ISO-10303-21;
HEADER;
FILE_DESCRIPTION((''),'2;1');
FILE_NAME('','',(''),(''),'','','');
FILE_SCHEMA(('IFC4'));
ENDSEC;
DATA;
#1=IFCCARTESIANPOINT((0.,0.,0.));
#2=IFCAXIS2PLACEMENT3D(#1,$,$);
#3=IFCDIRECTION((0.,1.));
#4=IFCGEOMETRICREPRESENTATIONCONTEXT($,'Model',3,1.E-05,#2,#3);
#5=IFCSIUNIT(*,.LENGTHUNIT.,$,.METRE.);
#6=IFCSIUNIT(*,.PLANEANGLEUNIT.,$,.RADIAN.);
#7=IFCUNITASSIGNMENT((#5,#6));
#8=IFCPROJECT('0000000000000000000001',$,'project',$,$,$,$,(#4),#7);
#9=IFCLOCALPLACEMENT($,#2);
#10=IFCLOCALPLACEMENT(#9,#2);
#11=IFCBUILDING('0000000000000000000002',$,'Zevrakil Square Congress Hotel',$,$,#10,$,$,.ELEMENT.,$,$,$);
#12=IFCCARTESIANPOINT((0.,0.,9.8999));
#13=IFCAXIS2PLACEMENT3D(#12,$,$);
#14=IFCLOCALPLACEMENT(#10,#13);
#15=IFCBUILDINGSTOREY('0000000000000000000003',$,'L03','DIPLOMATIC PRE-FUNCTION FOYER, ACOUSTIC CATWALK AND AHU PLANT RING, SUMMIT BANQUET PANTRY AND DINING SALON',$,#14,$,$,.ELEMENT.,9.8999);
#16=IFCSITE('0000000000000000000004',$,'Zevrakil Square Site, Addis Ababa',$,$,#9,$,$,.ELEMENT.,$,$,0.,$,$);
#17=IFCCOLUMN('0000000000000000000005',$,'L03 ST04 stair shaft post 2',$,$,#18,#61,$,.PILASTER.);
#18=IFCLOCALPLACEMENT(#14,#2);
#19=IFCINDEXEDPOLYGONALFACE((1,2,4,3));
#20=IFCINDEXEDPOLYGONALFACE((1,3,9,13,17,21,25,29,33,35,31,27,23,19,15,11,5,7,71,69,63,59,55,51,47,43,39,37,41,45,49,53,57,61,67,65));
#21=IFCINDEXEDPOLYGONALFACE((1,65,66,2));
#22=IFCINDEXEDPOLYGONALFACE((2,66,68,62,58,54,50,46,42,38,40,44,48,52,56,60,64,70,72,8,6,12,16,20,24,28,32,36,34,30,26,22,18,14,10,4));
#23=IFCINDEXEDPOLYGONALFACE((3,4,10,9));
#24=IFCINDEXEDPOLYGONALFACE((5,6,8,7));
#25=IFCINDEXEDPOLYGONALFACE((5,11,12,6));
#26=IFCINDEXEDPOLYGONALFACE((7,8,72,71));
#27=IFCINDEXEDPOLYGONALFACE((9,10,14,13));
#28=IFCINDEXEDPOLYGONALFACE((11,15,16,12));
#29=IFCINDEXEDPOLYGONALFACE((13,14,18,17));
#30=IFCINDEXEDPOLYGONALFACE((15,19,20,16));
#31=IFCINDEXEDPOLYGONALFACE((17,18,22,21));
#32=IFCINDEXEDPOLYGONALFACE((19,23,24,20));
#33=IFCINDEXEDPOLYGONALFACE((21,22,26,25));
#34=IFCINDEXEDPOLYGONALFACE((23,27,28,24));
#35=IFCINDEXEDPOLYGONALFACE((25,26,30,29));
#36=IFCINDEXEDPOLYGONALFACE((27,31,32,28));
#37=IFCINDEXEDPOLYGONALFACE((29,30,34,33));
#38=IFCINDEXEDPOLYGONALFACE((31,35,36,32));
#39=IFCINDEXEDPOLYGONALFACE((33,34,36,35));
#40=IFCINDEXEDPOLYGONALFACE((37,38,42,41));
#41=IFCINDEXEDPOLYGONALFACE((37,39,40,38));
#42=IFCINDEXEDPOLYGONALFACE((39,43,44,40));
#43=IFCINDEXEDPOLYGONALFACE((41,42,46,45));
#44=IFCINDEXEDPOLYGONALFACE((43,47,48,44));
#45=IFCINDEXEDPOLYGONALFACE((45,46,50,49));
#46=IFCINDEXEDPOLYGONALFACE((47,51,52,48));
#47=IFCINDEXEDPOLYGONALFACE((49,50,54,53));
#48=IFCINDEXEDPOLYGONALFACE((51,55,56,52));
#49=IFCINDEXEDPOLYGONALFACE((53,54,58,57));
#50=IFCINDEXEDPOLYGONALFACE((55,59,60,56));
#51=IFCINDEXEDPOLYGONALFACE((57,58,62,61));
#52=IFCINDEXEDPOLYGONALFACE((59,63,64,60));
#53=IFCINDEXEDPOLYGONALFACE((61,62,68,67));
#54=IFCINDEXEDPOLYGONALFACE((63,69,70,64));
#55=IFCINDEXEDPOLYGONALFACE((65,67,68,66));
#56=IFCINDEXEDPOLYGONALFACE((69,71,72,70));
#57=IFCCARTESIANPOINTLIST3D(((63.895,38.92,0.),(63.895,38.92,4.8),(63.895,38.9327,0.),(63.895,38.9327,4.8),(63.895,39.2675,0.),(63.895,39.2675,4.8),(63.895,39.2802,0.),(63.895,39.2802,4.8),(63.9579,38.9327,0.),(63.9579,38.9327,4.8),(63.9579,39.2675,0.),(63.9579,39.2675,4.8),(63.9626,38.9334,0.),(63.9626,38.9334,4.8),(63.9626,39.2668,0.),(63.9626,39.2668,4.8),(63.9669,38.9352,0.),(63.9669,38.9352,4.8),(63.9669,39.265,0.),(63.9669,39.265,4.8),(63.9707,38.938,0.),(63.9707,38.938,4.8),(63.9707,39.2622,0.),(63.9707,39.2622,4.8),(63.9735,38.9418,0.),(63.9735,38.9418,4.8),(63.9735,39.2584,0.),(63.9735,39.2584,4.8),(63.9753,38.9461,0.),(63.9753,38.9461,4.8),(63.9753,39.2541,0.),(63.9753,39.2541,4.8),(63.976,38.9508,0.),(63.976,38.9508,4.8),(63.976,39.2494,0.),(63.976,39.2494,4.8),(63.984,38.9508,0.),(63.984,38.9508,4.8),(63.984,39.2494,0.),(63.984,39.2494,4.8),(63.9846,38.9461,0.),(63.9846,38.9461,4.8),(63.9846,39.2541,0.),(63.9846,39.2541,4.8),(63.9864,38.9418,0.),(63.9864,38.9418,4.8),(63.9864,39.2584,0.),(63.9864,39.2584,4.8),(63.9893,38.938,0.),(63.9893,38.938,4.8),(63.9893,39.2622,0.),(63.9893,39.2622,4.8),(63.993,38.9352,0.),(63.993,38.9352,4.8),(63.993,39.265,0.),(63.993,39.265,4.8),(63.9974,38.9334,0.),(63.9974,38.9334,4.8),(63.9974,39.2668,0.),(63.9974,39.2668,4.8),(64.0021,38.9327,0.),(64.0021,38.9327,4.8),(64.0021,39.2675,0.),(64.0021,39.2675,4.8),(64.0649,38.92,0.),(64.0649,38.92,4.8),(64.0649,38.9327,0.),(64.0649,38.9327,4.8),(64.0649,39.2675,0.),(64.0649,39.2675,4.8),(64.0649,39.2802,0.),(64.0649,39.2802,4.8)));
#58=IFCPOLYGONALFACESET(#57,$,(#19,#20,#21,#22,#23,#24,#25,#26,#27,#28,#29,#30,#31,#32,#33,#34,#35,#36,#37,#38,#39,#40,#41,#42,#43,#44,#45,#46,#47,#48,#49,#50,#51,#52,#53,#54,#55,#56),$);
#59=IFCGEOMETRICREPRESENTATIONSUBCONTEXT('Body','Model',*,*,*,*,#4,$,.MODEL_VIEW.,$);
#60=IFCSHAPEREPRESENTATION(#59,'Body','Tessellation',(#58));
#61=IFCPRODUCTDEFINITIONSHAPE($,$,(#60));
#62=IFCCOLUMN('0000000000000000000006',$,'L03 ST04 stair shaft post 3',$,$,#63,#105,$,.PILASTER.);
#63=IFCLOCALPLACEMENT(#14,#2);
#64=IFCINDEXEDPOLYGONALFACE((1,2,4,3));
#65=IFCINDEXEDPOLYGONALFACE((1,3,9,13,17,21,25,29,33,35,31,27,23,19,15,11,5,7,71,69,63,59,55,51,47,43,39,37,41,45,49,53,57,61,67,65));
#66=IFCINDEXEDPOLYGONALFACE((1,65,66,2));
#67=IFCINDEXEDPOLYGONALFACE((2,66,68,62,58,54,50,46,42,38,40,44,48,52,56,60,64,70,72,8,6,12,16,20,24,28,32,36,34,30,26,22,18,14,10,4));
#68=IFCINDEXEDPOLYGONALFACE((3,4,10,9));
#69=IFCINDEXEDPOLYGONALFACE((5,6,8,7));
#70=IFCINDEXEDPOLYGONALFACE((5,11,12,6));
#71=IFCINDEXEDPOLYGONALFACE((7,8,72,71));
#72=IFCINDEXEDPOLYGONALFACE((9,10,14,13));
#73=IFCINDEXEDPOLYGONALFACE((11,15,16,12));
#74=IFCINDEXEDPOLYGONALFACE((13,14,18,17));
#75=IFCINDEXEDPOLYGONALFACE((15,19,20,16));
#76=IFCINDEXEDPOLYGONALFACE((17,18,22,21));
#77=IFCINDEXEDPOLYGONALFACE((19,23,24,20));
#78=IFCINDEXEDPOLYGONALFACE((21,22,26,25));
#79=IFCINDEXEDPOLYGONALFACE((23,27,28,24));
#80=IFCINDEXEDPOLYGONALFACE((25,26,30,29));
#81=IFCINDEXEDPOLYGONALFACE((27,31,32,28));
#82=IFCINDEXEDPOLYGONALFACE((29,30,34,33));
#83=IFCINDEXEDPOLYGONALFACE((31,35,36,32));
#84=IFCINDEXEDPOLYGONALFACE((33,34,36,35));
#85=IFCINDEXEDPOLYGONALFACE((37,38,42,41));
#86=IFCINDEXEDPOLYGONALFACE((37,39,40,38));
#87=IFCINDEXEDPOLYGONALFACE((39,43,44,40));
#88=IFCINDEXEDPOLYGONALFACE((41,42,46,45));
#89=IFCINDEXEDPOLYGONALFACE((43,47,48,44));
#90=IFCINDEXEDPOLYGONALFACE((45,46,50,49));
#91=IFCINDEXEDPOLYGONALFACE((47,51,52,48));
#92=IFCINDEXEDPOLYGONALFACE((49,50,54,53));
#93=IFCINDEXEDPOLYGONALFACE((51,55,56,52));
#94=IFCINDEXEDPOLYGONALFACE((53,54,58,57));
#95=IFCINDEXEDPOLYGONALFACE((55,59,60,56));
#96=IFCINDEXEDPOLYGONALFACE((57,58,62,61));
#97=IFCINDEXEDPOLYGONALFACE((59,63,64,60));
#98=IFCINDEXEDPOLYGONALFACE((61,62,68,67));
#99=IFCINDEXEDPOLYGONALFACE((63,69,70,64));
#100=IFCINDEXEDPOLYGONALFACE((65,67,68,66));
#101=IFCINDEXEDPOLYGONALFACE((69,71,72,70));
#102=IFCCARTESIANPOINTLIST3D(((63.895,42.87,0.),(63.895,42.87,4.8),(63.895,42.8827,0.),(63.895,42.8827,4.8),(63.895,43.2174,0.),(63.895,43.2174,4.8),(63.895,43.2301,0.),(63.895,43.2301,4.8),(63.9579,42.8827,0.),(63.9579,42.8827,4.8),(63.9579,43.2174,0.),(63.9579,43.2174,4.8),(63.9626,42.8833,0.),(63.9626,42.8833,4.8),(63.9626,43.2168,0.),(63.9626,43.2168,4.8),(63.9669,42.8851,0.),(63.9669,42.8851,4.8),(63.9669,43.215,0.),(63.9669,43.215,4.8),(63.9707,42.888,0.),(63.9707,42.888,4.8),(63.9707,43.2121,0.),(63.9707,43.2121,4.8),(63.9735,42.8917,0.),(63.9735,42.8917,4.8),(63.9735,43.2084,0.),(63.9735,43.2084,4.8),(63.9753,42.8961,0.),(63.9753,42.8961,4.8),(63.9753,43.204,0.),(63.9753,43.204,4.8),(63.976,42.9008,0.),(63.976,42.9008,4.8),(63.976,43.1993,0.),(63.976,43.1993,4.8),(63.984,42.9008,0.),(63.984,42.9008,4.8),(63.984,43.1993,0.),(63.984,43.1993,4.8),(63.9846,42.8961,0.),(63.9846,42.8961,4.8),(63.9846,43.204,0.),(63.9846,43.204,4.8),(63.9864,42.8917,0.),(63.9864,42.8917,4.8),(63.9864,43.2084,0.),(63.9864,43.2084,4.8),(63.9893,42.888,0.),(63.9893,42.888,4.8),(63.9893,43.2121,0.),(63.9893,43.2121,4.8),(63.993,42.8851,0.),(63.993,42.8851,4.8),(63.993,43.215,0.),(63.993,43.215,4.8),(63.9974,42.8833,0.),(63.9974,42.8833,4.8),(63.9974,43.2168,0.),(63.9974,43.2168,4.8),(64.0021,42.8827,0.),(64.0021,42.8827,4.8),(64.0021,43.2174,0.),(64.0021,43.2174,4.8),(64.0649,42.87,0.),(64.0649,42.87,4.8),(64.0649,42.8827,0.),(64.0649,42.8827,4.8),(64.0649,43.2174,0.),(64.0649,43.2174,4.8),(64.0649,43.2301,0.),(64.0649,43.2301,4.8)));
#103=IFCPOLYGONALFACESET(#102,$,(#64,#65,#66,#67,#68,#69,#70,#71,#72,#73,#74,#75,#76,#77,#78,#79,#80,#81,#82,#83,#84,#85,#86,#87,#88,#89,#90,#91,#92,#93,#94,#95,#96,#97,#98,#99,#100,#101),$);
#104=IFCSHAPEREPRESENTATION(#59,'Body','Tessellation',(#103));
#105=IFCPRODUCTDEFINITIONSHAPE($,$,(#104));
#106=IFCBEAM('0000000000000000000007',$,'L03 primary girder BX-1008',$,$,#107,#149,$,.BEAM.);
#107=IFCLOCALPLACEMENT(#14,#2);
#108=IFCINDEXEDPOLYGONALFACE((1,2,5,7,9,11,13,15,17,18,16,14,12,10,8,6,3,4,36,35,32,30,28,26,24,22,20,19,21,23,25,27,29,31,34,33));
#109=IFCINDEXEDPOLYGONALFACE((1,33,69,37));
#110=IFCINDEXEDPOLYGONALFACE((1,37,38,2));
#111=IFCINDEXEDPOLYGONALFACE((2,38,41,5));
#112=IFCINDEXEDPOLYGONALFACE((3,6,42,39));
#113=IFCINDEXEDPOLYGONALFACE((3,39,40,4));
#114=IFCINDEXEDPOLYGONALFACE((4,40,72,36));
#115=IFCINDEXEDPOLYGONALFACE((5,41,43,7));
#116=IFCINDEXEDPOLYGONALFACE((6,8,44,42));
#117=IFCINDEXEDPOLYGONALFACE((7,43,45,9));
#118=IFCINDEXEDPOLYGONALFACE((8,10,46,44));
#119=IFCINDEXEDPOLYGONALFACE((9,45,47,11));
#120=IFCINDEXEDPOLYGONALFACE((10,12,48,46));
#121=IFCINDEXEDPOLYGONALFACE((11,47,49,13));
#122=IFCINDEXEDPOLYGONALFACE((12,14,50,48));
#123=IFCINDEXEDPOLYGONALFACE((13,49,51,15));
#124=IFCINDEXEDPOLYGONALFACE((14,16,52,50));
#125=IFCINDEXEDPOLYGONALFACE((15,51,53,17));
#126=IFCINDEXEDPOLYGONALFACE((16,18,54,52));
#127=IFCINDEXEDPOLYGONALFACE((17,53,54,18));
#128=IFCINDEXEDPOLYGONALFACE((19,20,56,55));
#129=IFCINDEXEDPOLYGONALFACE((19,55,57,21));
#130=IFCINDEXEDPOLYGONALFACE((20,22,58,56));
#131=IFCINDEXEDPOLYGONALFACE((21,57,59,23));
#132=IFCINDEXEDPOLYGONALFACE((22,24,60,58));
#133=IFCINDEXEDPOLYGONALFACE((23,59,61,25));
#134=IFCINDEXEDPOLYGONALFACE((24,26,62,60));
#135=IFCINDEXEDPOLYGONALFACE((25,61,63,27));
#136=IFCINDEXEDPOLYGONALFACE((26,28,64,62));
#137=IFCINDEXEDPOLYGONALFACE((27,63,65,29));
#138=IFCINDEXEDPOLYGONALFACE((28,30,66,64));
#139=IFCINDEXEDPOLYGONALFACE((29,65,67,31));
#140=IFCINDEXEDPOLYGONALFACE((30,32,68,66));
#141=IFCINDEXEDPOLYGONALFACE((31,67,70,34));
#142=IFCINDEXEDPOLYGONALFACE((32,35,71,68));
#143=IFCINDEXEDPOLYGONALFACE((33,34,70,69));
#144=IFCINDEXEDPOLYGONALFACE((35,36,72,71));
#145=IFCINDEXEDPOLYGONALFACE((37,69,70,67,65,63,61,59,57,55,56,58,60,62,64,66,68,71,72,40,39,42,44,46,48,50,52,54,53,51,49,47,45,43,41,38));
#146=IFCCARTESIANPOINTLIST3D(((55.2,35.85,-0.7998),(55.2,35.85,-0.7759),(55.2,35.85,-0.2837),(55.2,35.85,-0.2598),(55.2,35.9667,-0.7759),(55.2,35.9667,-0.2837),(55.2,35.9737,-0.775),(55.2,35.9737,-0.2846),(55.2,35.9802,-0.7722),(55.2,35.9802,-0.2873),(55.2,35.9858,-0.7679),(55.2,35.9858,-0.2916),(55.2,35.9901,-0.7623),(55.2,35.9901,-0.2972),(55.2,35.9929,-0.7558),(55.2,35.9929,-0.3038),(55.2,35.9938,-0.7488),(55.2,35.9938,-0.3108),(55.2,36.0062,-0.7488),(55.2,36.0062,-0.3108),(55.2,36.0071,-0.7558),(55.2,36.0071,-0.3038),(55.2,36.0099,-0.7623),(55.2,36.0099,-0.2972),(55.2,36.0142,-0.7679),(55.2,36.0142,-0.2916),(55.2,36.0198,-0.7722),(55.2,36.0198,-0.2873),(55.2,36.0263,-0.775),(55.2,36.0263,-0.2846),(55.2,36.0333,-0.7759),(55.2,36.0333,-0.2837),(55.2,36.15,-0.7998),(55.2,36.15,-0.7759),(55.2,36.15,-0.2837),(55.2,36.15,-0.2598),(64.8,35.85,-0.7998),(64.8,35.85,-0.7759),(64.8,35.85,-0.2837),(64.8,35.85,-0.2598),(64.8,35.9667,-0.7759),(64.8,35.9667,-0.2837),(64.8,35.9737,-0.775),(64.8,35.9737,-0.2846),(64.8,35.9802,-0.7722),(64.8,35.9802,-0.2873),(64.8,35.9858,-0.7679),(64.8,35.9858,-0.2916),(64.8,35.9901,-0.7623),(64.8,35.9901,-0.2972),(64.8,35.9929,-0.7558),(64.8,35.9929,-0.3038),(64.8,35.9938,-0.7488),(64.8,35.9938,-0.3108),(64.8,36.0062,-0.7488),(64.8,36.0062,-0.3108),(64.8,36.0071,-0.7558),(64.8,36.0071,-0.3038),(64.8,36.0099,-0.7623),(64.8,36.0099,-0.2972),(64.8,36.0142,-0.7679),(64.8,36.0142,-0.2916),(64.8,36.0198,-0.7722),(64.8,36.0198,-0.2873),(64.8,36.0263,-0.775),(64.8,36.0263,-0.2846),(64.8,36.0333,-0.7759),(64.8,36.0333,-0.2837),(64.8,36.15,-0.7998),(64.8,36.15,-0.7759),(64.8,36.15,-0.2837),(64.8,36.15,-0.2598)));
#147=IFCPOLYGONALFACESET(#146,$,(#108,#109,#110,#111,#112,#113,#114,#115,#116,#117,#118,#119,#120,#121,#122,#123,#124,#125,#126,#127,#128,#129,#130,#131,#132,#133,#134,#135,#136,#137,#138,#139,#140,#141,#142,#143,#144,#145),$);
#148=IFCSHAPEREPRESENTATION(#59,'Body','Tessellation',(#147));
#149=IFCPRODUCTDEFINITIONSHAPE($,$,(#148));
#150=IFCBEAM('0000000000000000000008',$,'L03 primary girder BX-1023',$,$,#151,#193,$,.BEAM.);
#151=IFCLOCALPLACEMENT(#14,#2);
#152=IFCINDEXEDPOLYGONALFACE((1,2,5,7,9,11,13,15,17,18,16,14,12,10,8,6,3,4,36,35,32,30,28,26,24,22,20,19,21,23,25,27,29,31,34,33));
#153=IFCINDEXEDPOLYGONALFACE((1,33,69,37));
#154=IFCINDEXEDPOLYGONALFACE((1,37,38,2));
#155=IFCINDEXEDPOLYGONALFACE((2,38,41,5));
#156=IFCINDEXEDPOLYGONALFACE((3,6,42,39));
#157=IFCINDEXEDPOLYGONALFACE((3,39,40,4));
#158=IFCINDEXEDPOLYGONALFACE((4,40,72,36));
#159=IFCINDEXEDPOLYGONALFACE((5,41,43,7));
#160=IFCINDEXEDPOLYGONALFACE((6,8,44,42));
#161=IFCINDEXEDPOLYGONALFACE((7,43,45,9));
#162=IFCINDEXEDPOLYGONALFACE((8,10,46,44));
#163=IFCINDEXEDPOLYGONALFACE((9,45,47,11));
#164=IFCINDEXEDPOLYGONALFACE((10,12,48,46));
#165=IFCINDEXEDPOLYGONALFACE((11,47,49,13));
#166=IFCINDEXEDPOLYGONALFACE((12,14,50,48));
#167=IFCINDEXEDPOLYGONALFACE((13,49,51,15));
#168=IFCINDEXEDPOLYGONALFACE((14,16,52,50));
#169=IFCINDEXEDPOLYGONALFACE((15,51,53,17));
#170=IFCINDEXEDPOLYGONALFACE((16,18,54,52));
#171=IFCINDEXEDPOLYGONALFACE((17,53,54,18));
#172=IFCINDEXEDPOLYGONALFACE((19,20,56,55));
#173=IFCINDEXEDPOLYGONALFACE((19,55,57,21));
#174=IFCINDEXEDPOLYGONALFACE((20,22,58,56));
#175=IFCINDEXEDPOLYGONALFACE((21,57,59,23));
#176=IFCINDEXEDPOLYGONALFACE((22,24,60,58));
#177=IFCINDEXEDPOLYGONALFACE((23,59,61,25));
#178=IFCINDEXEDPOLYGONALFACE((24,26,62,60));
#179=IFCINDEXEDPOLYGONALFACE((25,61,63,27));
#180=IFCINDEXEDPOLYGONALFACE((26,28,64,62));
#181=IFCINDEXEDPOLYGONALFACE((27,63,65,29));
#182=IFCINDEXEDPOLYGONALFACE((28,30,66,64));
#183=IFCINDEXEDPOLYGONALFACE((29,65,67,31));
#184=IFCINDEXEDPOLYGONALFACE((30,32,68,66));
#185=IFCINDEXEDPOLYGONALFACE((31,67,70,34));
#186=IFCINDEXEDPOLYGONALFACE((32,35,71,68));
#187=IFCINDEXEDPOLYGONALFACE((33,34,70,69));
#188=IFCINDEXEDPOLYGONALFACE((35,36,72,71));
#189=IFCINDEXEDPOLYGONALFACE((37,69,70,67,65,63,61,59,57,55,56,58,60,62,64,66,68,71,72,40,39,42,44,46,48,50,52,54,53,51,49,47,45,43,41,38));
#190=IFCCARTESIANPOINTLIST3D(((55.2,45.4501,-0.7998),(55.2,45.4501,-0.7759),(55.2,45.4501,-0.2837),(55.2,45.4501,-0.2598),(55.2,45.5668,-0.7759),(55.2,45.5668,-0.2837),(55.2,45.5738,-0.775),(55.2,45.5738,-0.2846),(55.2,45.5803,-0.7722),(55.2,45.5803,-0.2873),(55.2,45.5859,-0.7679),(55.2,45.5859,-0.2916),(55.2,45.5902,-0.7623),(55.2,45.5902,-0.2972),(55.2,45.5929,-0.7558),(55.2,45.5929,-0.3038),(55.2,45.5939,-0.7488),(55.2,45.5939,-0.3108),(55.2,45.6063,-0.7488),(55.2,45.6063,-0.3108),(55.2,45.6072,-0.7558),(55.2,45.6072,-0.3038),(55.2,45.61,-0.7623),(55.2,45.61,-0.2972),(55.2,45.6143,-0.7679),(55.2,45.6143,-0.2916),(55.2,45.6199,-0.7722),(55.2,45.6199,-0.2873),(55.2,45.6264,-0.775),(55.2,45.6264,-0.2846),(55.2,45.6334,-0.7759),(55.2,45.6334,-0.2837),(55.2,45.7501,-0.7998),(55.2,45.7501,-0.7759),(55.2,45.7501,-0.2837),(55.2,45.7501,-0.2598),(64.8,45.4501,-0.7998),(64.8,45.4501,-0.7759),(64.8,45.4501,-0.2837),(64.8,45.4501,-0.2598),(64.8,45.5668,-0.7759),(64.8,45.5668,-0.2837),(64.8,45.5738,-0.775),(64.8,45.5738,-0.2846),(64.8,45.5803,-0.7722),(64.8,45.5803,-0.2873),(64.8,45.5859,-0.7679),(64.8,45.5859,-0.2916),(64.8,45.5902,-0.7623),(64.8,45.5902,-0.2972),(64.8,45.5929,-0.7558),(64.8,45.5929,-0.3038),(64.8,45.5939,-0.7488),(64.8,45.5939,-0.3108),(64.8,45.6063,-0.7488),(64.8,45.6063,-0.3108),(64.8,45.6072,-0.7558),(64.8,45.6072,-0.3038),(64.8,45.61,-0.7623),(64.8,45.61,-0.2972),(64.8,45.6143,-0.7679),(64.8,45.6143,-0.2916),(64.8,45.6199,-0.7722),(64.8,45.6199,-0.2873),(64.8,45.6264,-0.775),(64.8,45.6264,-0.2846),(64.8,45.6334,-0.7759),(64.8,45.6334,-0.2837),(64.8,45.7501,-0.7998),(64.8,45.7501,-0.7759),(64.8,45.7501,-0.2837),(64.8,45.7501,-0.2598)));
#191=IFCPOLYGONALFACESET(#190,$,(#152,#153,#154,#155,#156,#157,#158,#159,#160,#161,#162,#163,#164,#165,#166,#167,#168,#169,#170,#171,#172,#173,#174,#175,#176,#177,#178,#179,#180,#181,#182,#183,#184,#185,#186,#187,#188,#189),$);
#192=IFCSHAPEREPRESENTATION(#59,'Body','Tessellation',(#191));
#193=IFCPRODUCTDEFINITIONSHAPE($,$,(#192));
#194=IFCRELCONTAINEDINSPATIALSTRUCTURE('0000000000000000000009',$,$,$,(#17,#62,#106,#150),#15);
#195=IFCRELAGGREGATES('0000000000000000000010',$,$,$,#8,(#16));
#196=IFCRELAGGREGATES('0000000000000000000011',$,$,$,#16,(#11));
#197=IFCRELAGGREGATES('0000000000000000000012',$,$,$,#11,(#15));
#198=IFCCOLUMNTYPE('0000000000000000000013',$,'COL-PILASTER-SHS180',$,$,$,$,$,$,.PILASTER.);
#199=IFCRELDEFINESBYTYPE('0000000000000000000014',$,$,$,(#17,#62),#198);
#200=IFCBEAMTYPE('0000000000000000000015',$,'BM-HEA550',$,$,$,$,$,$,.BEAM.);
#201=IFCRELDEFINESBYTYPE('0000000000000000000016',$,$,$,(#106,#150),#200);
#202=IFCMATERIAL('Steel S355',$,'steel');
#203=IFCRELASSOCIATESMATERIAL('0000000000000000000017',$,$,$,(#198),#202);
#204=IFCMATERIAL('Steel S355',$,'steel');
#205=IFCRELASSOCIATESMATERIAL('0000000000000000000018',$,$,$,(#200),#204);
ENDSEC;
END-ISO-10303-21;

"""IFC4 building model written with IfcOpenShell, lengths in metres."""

from ifc_helpers import new_model, si_unit, direction, frame, origin, origin_2d, place, context, subcontext, project, spatial, i_section, extrude, material, material_profile, profile_set, type_object, element, save


model = new_model("IFC4")

# Units and contexts
model_context = context("Model", 3, precision=1e-05, world=origin(), true_north=direction((0.0, 1.0)))
body_context = subcontext(model_context, "Body", "Model", "MODEL_VIEW")
ifc_project = project(units=[si_unit("LENGTHUNIT", "METRE"), si_unit("PLANEANGLEUNIT", "RADIAN")], contexts=[model_context])

# Site, building, storey
site_placement = place(None, origin())
site = spatial("IfcSite", under=ifc_project, at=site_placement, Name="Zevrakil Square Site, Addis Ababa", CompositionType="ELEMENT", RefElevation=0.0)
building_placement = place(site_placement, origin())
building = spatial("IfcBuilding", under=site, at=building_placement, Name="Zevrakil Square Congress Hotel", CompositionType="ELEMENT")
storey_placement = place(building_placement, frame((0.0, 0.0, 9.8999)))
storey = spatial("IfcBuildingStorey", under=building, at=storey_placement, Name="L03", Description="DIPLOMATIC PRE-FUNCTION FOYER, ACOUSTIC CATWALK AND AHU PLANT RING, SUMMIT BANQUET PANTRY AND DINING SALON", CompositionType="ELEMENT", Elevation=9.8999)

# Columns
ifc_material_1 = material(Name="Steel S355", Category="steel")
ifc_material_profile_1 = material_profile(ifc_material_1, i_section(OverallWidth=0.1699, OverallDepth=0.3601, WebThickness=0.0081, FlangeThickness=0.0127, FilletRadius=0.0181, at=origin_2d()), Name="IPE 360")
ifc_profile_set_1 = profile_set([ifc_material_profile_1], Name="Steel S355")
column_type_1 = type_object("IfcColumnType", Name="COL-PILASTER-SHS180", PredefinedType="PILASTER", material=ifc_profile_set_1)
for number, where, z_axis, x_axis, name in (
    (1, (63.98, 39.1001, 0.0), (0.0, 0.0, 1.0), (1.0, 0.0, 0.0), "L03 ST04 stair shaft post 2"),
    (2, (63.98, 43.05, 0.0), (0.0, 0.0, 1.0), (1.0, 0.0, 0.0), "L03 ST04 stair shaft post 3"),
):
    element("IfcColumn", number, at=place(storey_placement, frame(where, z_axis=z_axis, x_axis=x_axis)), inside=storey, type_object=column_type_1, Name=name, PredefinedType="PILASTER", context=body_context, shape_type="SweptSolid", body=[
        extrude(i_section(OverallWidth=0.1699, OverallDepth=0.3601, WebThickness=0.0081, FlangeThickness=0.0127, FilletRadius=0.0181, at=origin_2d()), origin(), (0.0, 0.0, 1.0), 4.8),
    ])

# Beams
ifc_material_2 = material(Name="Steel S355", Category="steel")
ifc_material_profile_2 = material_profile(ifc_material_2, i_section(OverallWidth=0.3, OverallDepth=0.54, WebThickness=0.0125, FlangeThickness=0.0239, FilletRadius=0.0271, at=origin_2d()), Name="HEA 550")
ifc_profile_set_2 = profile_set([ifc_material_profile_2], Name="Steel S355")
beam_type_1 = type_object("IfcBeamType", Name="BM-HEA550", PredefinedType="BEAM", material=ifc_profile_set_2)
for number, where, z_axis, x_axis, name in (
    (3, (55.2, 36.0, -0.5298), (1.0, 0.0, 0.0), (0.0, 1.0, 0.0), "L03 primary girder BX-1008"),
    (4, (55.2, 45.6001, -0.5298), (1.0, 0.0, 0.0), (0.0, 1.0, 0.0), "L03 primary girder BX-1023"),
):
    element("IfcBeam", number, at=place(storey_placement, frame(where, z_axis=z_axis, x_axis=x_axis)), inside=storey, type_object=beam_type_1, Name=name, PredefinedType="BEAM", context=body_context, shape_type="SweptSolid", body=[
        extrude(i_section(OverallWidth=0.3, OverallDepth=0.54, WebThickness=0.0125, FlangeThickness=0.0239, FilletRadius=0.0271, at=origin_2d()), origin(), (0.0, 0.0, 1.0), 9.6001),
    ])

save(model, "model.ifc")
